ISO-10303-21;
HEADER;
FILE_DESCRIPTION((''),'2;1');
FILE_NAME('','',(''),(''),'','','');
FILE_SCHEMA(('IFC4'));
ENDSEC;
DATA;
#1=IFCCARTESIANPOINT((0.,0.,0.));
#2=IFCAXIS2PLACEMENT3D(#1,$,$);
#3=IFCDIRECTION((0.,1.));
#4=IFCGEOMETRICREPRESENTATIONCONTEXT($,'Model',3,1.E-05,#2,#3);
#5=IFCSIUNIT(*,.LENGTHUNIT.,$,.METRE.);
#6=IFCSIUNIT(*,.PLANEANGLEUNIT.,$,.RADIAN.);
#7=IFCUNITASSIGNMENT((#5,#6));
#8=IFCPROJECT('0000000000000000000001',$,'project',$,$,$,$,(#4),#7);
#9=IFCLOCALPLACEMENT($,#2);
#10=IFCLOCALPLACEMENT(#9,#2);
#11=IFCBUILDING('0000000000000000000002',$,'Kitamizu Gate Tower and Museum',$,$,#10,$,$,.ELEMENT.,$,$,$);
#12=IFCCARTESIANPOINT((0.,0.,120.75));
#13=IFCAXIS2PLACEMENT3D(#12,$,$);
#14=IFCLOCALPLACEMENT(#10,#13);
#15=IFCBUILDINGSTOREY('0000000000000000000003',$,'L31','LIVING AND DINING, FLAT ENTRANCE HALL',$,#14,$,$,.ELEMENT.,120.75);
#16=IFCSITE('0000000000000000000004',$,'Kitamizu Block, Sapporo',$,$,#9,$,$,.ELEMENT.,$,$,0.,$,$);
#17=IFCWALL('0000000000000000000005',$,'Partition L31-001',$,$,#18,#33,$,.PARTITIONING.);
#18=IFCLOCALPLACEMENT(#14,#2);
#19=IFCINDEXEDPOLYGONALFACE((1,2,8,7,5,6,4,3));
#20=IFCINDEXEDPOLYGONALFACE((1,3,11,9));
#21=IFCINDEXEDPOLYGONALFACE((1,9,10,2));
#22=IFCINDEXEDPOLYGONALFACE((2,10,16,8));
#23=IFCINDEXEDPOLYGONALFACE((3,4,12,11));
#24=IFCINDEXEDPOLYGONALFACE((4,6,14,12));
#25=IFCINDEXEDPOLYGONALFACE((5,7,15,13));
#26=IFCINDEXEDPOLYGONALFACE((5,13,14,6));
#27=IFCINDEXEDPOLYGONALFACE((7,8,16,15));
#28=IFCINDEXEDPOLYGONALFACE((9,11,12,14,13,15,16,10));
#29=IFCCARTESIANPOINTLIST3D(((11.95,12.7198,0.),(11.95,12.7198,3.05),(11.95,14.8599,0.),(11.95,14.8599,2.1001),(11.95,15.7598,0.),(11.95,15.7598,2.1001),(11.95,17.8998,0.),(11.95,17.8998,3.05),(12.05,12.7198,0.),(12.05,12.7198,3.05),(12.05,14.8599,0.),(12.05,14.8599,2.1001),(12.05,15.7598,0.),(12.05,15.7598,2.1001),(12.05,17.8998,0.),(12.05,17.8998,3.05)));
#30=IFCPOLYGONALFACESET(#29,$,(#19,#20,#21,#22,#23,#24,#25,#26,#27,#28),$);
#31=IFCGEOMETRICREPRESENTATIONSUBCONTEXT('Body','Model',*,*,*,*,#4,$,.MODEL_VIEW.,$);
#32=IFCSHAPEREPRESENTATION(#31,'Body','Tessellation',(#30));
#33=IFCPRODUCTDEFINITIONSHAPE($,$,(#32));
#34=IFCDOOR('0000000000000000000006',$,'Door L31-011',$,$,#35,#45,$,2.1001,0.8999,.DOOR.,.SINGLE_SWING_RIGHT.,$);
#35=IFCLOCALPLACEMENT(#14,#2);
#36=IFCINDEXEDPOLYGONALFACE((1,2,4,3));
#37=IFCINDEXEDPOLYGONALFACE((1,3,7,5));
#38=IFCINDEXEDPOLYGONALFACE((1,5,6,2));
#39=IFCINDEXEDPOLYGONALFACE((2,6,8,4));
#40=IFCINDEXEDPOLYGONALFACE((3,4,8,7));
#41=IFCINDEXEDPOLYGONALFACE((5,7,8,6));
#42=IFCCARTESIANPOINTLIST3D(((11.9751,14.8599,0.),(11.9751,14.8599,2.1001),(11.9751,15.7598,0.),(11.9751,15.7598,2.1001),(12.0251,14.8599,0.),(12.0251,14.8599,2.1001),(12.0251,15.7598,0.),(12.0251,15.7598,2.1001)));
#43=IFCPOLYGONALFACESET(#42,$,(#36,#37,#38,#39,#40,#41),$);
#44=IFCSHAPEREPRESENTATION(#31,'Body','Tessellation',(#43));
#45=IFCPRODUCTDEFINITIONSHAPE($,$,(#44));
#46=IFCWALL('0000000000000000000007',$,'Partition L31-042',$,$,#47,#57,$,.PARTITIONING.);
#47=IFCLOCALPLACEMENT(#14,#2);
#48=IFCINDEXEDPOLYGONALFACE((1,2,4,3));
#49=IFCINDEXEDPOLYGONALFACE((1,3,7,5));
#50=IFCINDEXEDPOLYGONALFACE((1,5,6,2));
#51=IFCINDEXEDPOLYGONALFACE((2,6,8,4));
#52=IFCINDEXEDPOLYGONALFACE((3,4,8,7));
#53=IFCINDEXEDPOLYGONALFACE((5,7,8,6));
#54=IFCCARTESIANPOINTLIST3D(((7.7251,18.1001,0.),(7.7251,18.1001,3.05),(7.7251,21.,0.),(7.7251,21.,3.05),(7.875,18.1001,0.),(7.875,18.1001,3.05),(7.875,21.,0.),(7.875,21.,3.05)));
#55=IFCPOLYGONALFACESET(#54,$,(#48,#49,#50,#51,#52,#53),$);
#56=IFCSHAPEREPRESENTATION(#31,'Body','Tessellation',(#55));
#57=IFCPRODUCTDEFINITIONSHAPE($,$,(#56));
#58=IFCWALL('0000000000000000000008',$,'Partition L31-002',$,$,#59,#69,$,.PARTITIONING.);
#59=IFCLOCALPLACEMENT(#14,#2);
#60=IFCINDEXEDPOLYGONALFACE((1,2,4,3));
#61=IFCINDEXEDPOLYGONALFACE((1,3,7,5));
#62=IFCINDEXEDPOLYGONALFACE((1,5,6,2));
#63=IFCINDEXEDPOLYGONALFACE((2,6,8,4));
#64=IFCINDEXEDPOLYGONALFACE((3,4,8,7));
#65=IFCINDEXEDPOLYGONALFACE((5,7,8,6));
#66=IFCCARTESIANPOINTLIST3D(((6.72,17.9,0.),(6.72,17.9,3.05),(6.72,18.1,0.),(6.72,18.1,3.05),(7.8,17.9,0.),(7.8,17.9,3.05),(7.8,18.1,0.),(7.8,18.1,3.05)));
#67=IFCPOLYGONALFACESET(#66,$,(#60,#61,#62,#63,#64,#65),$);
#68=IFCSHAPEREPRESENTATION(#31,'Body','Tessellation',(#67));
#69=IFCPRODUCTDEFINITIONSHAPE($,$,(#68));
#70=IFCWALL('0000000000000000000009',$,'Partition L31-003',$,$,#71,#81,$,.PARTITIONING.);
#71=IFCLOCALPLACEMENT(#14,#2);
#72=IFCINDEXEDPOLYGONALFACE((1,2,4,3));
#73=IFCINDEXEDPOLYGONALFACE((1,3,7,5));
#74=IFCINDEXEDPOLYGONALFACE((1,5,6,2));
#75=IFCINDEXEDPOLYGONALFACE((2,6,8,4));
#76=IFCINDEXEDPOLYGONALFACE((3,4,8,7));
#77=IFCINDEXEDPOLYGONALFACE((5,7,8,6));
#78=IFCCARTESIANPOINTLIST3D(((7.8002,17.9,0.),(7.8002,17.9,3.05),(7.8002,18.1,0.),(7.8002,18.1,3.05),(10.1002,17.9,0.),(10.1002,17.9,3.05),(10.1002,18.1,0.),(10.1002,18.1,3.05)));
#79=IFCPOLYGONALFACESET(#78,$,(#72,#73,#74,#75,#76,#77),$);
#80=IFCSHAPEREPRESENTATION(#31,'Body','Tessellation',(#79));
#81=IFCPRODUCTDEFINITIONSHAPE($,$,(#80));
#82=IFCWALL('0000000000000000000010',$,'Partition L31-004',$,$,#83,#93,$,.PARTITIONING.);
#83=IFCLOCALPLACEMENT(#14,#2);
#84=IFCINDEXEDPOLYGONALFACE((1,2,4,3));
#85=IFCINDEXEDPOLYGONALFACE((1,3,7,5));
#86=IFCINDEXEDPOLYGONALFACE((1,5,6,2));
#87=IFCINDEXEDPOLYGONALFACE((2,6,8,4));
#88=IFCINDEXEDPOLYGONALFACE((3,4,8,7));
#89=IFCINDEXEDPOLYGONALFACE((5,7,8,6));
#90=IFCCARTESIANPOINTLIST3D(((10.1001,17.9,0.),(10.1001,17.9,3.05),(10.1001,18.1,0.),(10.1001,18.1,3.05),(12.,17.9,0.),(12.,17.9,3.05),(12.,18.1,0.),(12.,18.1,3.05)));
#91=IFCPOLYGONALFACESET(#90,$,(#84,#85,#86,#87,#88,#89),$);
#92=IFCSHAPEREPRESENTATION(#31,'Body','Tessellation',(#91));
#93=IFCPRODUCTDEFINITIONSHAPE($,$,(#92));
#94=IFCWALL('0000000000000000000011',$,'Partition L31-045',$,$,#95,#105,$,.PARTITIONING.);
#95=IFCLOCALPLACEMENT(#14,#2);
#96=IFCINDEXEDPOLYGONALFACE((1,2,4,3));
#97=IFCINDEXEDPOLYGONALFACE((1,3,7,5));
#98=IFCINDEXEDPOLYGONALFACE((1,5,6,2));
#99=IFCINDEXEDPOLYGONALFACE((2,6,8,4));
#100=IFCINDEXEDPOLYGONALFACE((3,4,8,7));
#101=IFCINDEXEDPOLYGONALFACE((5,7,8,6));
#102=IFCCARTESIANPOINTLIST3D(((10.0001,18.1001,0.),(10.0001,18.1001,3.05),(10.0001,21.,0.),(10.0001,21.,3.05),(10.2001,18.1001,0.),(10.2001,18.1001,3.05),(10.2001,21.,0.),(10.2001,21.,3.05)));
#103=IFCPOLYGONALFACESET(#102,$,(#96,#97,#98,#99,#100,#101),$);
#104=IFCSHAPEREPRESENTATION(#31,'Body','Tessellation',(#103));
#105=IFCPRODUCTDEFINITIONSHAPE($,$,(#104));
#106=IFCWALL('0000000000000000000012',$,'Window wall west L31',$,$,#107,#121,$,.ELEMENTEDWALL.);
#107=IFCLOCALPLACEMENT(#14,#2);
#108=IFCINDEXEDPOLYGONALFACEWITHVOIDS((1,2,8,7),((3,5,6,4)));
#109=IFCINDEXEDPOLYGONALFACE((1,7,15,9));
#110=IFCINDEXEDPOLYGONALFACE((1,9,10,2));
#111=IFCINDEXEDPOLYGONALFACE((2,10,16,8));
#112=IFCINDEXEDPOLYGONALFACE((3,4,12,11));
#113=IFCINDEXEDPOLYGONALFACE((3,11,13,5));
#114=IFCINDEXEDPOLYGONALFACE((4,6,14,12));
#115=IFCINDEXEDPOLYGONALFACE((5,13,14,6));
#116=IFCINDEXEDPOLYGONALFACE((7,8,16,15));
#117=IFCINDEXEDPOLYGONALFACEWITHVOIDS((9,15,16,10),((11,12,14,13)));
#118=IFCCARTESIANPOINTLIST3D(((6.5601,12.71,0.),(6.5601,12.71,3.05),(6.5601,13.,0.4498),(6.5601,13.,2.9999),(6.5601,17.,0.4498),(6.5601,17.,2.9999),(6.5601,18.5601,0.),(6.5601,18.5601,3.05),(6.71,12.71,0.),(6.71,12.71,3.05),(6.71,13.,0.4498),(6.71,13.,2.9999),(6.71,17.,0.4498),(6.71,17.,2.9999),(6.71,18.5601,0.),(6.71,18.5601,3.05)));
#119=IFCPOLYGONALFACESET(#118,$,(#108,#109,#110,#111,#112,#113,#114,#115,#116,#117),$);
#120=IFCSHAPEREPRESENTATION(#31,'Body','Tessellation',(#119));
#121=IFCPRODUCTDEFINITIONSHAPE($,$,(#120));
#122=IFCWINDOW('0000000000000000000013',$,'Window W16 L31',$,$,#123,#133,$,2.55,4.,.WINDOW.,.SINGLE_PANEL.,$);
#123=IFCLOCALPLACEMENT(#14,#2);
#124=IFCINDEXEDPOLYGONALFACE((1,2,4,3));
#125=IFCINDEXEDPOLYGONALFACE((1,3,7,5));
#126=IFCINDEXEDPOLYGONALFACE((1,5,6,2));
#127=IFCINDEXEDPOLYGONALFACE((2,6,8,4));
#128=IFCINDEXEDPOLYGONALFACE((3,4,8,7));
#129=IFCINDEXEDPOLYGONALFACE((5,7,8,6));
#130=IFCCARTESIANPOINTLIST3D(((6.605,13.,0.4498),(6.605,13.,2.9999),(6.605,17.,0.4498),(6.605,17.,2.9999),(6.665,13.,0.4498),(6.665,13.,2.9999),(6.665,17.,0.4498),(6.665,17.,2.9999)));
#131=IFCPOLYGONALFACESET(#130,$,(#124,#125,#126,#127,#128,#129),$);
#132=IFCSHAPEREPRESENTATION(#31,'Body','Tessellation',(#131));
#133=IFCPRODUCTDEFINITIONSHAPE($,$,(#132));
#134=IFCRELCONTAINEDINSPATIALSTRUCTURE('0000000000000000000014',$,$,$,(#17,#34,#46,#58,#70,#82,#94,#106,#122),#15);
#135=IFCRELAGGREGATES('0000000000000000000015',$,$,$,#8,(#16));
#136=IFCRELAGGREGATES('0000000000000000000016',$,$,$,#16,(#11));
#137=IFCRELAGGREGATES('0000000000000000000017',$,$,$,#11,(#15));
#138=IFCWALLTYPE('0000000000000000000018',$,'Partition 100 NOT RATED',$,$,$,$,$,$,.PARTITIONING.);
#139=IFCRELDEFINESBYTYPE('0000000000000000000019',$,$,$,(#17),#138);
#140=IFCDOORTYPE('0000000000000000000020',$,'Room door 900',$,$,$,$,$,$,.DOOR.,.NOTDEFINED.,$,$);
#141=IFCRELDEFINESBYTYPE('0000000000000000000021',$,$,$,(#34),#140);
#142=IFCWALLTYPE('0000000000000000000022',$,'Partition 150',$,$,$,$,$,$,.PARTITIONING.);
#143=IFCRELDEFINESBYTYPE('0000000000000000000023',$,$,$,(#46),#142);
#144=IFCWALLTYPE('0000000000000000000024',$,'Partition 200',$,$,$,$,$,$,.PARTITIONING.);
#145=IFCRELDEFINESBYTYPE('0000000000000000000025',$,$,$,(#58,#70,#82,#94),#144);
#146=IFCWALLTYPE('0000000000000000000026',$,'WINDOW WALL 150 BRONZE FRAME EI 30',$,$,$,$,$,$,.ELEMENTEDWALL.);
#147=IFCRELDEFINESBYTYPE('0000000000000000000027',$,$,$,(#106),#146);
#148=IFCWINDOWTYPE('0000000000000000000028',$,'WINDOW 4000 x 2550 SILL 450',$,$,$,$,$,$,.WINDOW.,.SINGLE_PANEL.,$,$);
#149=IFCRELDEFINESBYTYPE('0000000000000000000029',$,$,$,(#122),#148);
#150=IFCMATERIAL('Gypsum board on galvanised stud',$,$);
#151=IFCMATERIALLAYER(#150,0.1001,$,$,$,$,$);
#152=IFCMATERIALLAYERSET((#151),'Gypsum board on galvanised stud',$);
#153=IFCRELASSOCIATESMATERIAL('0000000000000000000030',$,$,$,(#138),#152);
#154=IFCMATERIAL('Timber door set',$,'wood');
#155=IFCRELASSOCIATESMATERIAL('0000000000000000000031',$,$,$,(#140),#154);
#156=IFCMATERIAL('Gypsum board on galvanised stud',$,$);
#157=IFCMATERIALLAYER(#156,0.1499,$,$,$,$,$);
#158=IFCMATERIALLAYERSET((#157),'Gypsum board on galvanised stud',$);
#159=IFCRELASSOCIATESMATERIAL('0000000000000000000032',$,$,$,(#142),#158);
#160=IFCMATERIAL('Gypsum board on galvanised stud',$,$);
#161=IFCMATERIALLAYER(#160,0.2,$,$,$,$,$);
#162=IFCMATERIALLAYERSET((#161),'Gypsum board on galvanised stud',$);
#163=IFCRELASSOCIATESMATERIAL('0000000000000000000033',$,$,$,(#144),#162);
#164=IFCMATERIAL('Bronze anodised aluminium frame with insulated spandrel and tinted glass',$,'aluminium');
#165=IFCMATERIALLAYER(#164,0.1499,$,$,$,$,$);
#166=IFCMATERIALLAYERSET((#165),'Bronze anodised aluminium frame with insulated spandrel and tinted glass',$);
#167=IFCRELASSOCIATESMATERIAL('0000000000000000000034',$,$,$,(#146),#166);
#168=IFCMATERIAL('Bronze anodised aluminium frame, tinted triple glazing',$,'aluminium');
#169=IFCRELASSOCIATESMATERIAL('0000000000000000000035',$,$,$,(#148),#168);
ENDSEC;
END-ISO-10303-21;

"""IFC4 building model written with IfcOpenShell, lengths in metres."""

from ifc_helpers import new_model, si_unit, direction, frame, frame_2d, origin, place, context, subcontext, project, spatial, rectangle, extrude, material, layer, layer_set, type_object, element, fill, save


model = new_model("IFC4")

# Units and contexts
model_context = context("Model", 3, precision=1e-05, world=origin(), true_north=direction((0.0, 1.0)))
body_context = subcontext(model_context, "Body", "Model", "MODEL_VIEW")
ifc_project = project(units=[si_unit("LENGTHUNIT", "METRE"), si_unit("PLANEANGLEUNIT", "RADIAN")], contexts=[model_context])

# Site, building, storey
site_placement = place(None, origin())
site = spatial("IfcSite", under=ifc_project, at=site_placement, Name="Kitamizu Block, Sapporo", CompositionType="ELEMENT", RefElevation=0.0)
building_placement = place(site_placement, origin())
building = spatial("IfcBuilding", under=site, at=building_placement, Name="Kitamizu Gate Tower and Museum", CompositionType="ELEMENT")
storey_placement = place(building_placement, frame((0.0, 0.0, 120.75)))
storey = spatial("IfcBuildingStorey", under=building, at=storey_placement, Name="L31", Description="LIVING AND DINING, FLAT ENTRANCE HALL", CompositionType="ELEMENT", Elevation=120.75)

# Wall, opening, door
ifc_material_1 = material(Name="Gypsum board on galvanised stud")
ifc_layer_1 = layer(ifc_material_1, 0.1001)
ifc_layer_set_1 = layer_set([ifc_layer_1], Name="Gypsum board on galvanised stud")
wall_type_1 = type_object("IfcWallType", Name="Partition 100 NOT RATED", PredefinedType="PARTITIONING", material=ifc_layer_set_1)
wall_1_placement = place(storey_placement, frame((12.0, 12.72, 0.0), z_axis=(0.0, 0.0, 1.0), x_axis=(0.0, 1.0, 0.0)))
wall_1 = element("IfcWall", 1, at=wall_1_placement, inside=storey, type_object=wall_type_1, Name="Partition L31-001", PredefinedType="PARTITIONING", context=body_context, shape_type="SweptSolid", body=[
    extrude(rectangle(XDim=5.1799, YDim=0.1001, at=frame_2d((2.5898, 0.0))), origin(), (0.0, 0.0, 1.0), 3.05),
])
opening_1_placement = place(wall_1_placement, frame((2.1399, 0.0, 0.0)))
opening_1 = element("IfcOpeningElement", 2, at=opening_1_placement, cuts=wall_1, PredefinedType="OPENING", context=body_context, shape_type="SweptSolid", body=[
    extrude(rectangle(XDim=0.8999, YDim=2.1001, at=frame_2d((0.45, 1.05))), frame((0.0, 0.0601, 0.0), z_axis=(0.0, -1.0, 0.0), x_axis=(1.0, 0.0, 0.0)), (0.0, 0.0, 1.0), 0.1201),
])
ifc_material_2 = material(Name="Timber door set", Category="wood")
door_type = type_object("IfcDoorType", Name="Room door 900", OperationType="NOTDEFINED", PredefinedType="DOOR", material=ifc_material_2)
door_placement = place(opening_1_placement, origin())
door = element("IfcDoor", 3, at=door_placement, inside=storey, type_object=door_type, Name="Door L31-011", OperationType="SINGLE_SWING_RIGHT", OverallHeight=2.1001, OverallWidth=0.8999, PredefinedType="DOOR", context=body_context, shape_type="SweptSolid", body=[
    extrude(rectangle(XDim=0.8999, YDim=2.1001, at=frame_2d((0.45, 1.05))), frame((0.0, 0.0249, 0.0), z_axis=(0.0, -1.0, 0.0), x_axis=(1.0, 0.0, 0.0)), (0.0, 0.0, 1.0), 0.05),
])
fill(opening_1, door)

# Walls
ifc_material_3 = material(Name="Gypsum board on galvanised stud")
ifc_layer_2 = layer(ifc_material_3, 0.1499)
ifc_layer_set_2 = layer_set([ifc_layer_2], Name="Gypsum board on galvanised stud")
wall_type_2 = type_object("IfcWallType", Name="Partition 150", PredefinedType="PARTITIONING", material=ifc_layer_set_2)
wall_2_placement = place(storey_placement, frame((7.8, 18.1001, 0.0), z_axis=(0.0, 0.0, 1.0), x_axis=(0.0, 1.0, 0.0)))
element("IfcWall", 4, at=wall_2_placement, inside=storey, type_object=wall_type_2, Name="Partition L31-042", PredefinedType="PARTITIONING", context=body_context, shape_type="SweptSolid", body=[
    extrude(rectangle(XDim=2.8999, YDim=0.1499, at=frame_2d((1.45, 0.0))), origin(), (0.0, 0.0, 1.0), 3.05),
])
ifc_material_4 = material(Name="Gypsum board on galvanised stud")
ifc_layer_3 = layer(ifc_material_4, 0.2)
ifc_layer_set_3 = layer_set([ifc_layer_3], Name="Gypsum board on galvanised stud")
wall_type_3 = type_object("IfcWallType", Name="Partition 200", PredefinedType="PARTITIONING", material=ifc_layer_set_3)
wall_3_placement = place(storey_placement, frame((7.8, 18.0, 0.0), z_axis=(0.0, 0.0, 1.0), x_axis=(-1.0, 0.0, 0.0)))
element("IfcWall", 5, at=wall_3_placement, inside=storey, type_object=wall_type_3, Name="Partition L31-002", PredefinedType="PARTITIONING", context=body_context, shape_type="SweptSolid", body=[
    extrude(rectangle(XDim=1.0801, YDim=0.2, at=frame_2d((0.54, 0.0))), origin(), (0.0, 0.0, 1.0), 3.05),
])
wall_4_placement = place(storey_placement, frame((10.1001, 18.0, 0.0), z_axis=(0.0, 0.0, 1.0), x_axis=(-1.0, 0.0, 0.0)))
element("IfcWall", 6, at=wall_4_placement, inside=storey, type_object=wall_type_3, Name="Partition L31-003", PredefinedType="PARTITIONING", context=body_context, shape_type="SweptSolid", body=[
    extrude(rectangle(XDim=2.3, YDim=0.2, at=frame_2d((1.1499, 0.0))), origin(), (0.0, 0.0, 1.0), 3.05),
])
wall_5_placement = place(storey_placement, frame((12.0, 18.0, 0.0), z_axis=(0.0, 0.0, 1.0), x_axis=(-1.0, 0.0, 0.0)))
element("IfcWall", 7, at=wall_5_placement, inside=storey, type_object=wall_type_3, Name="Partition L31-004", PredefinedType="PARTITIONING", context=body_context, shape_type="SweptSolid", body=[
    extrude(rectangle(XDim=1.8999, YDim=0.2, at=frame_2d((0.95, 0.0))), origin(), (0.0, 0.0, 1.0), 3.05),
])
wall_6_placement = place(storey_placement, frame((10.1001, 18.1001, 0.0), z_axis=(0.0, 0.0, 1.0), x_axis=(0.0, 1.0, 0.0)))
element("IfcWall", 8, at=wall_6_placement, inside=storey, type_object=wall_type_3, Name="Partition L31-045", PredefinedType="PARTITIONING", context=body_context, shape_type="SweptSolid", body=[
    extrude(rectangle(XDim=2.8999, YDim=0.2, at=frame_2d((1.45, 0.0))), origin(), (0.0, 0.0, 1.0), 3.05),
])

# Shared definitions
ifc_material_5 = material(Name="Bronze anodised aluminium frame with insulated spandrel and tinted glass", Category="aluminium")
ifc_layer_4 = layer(ifc_material_5, 0.1499)
ifc_layer_set_4 = layer_set([ifc_layer_4], Name="Bronze anodised aluminium frame with insulated spandrel and tinted glass")
wall_type_4 = type_object("IfcWallType", Name="WINDOW WALL 150 BRONZE FRAME EI 30", PredefinedType="ELEMENTEDWALL", material=ifc_layer_set_4)

# Wall, opening, window
wall_7_placement = place(storey_placement, frame((6.635, 12.71, 0.0), z_axis=(0.0, 0.0, 1.0), x_axis=(0.0, 1.0, 0.0)))
wall_7 = element("IfcWall", 9, at=wall_7_placement, inside=storey, type_object=wall_type_4, Name="Window wall west L31", PredefinedType="ELEMENTEDWALL", context=body_context, shape_type="SweptSolid", body=[
    extrude(rectangle(XDim=5.8501, YDim=0.1499, at=frame_2d((2.925, 0.0))), origin(), (0.0, 0.0, 1.0), 3.05),
])
opening_2_placement = place(wall_7_placement, frame((0.29, 0.0, 0.45)))
opening_2 = element("IfcOpeningElement", 10, at=opening_2_placement, cuts=wall_7, PredefinedType="OPENING", context=body_context, shape_type="SweptSolid", body=[
    extrude(rectangle(XDim=4.0, YDim=2.55, at=frame_2d((2.0, 1.2749))), frame((0.0, 0.085, 0.0), z_axis=(0.0, -1.0, 0.0), x_axis=(1.0, 0.0, 0.0)), (0.0, 0.0, 1.0), 0.1699),
])
ifc_material_6 = material(Name="Bronze anodised aluminium frame, tinted triple glazing", Category="aluminium")
window_type_1 = type_object("IfcWindowType", Name="WINDOW 4000 x 2550 SILL 450", PartitioningType="SINGLE_PANEL", PredefinedType="WINDOW", material=ifc_material_6)
window_1_placement = place(opening_2_placement, origin())
window_1 = element("IfcWindow", 11, at=window_1_placement, inside=storey, type_object=window_type_1, Name="Window W16 L31", OverallHeight=2.55, OverallWidth=4.0, PartitioningType="SINGLE_PANEL", PredefinedType="WINDOW", context=body_context, shape_type="SweptSolid", body=[
    extrude(rectangle(XDim=4.0, YDim=2.55, at=frame_2d((2.0, 1.2749))), frame((0.0, 0.03, 0.0), z_axis=(0.0, -1.0, 0.0), x_axis=(1.0, 0.0, 0.0)), (0.0, 0.0, 1.0), 0.0601),
])
fill(opening_2, window_1)

save(model, "model.ifc")
